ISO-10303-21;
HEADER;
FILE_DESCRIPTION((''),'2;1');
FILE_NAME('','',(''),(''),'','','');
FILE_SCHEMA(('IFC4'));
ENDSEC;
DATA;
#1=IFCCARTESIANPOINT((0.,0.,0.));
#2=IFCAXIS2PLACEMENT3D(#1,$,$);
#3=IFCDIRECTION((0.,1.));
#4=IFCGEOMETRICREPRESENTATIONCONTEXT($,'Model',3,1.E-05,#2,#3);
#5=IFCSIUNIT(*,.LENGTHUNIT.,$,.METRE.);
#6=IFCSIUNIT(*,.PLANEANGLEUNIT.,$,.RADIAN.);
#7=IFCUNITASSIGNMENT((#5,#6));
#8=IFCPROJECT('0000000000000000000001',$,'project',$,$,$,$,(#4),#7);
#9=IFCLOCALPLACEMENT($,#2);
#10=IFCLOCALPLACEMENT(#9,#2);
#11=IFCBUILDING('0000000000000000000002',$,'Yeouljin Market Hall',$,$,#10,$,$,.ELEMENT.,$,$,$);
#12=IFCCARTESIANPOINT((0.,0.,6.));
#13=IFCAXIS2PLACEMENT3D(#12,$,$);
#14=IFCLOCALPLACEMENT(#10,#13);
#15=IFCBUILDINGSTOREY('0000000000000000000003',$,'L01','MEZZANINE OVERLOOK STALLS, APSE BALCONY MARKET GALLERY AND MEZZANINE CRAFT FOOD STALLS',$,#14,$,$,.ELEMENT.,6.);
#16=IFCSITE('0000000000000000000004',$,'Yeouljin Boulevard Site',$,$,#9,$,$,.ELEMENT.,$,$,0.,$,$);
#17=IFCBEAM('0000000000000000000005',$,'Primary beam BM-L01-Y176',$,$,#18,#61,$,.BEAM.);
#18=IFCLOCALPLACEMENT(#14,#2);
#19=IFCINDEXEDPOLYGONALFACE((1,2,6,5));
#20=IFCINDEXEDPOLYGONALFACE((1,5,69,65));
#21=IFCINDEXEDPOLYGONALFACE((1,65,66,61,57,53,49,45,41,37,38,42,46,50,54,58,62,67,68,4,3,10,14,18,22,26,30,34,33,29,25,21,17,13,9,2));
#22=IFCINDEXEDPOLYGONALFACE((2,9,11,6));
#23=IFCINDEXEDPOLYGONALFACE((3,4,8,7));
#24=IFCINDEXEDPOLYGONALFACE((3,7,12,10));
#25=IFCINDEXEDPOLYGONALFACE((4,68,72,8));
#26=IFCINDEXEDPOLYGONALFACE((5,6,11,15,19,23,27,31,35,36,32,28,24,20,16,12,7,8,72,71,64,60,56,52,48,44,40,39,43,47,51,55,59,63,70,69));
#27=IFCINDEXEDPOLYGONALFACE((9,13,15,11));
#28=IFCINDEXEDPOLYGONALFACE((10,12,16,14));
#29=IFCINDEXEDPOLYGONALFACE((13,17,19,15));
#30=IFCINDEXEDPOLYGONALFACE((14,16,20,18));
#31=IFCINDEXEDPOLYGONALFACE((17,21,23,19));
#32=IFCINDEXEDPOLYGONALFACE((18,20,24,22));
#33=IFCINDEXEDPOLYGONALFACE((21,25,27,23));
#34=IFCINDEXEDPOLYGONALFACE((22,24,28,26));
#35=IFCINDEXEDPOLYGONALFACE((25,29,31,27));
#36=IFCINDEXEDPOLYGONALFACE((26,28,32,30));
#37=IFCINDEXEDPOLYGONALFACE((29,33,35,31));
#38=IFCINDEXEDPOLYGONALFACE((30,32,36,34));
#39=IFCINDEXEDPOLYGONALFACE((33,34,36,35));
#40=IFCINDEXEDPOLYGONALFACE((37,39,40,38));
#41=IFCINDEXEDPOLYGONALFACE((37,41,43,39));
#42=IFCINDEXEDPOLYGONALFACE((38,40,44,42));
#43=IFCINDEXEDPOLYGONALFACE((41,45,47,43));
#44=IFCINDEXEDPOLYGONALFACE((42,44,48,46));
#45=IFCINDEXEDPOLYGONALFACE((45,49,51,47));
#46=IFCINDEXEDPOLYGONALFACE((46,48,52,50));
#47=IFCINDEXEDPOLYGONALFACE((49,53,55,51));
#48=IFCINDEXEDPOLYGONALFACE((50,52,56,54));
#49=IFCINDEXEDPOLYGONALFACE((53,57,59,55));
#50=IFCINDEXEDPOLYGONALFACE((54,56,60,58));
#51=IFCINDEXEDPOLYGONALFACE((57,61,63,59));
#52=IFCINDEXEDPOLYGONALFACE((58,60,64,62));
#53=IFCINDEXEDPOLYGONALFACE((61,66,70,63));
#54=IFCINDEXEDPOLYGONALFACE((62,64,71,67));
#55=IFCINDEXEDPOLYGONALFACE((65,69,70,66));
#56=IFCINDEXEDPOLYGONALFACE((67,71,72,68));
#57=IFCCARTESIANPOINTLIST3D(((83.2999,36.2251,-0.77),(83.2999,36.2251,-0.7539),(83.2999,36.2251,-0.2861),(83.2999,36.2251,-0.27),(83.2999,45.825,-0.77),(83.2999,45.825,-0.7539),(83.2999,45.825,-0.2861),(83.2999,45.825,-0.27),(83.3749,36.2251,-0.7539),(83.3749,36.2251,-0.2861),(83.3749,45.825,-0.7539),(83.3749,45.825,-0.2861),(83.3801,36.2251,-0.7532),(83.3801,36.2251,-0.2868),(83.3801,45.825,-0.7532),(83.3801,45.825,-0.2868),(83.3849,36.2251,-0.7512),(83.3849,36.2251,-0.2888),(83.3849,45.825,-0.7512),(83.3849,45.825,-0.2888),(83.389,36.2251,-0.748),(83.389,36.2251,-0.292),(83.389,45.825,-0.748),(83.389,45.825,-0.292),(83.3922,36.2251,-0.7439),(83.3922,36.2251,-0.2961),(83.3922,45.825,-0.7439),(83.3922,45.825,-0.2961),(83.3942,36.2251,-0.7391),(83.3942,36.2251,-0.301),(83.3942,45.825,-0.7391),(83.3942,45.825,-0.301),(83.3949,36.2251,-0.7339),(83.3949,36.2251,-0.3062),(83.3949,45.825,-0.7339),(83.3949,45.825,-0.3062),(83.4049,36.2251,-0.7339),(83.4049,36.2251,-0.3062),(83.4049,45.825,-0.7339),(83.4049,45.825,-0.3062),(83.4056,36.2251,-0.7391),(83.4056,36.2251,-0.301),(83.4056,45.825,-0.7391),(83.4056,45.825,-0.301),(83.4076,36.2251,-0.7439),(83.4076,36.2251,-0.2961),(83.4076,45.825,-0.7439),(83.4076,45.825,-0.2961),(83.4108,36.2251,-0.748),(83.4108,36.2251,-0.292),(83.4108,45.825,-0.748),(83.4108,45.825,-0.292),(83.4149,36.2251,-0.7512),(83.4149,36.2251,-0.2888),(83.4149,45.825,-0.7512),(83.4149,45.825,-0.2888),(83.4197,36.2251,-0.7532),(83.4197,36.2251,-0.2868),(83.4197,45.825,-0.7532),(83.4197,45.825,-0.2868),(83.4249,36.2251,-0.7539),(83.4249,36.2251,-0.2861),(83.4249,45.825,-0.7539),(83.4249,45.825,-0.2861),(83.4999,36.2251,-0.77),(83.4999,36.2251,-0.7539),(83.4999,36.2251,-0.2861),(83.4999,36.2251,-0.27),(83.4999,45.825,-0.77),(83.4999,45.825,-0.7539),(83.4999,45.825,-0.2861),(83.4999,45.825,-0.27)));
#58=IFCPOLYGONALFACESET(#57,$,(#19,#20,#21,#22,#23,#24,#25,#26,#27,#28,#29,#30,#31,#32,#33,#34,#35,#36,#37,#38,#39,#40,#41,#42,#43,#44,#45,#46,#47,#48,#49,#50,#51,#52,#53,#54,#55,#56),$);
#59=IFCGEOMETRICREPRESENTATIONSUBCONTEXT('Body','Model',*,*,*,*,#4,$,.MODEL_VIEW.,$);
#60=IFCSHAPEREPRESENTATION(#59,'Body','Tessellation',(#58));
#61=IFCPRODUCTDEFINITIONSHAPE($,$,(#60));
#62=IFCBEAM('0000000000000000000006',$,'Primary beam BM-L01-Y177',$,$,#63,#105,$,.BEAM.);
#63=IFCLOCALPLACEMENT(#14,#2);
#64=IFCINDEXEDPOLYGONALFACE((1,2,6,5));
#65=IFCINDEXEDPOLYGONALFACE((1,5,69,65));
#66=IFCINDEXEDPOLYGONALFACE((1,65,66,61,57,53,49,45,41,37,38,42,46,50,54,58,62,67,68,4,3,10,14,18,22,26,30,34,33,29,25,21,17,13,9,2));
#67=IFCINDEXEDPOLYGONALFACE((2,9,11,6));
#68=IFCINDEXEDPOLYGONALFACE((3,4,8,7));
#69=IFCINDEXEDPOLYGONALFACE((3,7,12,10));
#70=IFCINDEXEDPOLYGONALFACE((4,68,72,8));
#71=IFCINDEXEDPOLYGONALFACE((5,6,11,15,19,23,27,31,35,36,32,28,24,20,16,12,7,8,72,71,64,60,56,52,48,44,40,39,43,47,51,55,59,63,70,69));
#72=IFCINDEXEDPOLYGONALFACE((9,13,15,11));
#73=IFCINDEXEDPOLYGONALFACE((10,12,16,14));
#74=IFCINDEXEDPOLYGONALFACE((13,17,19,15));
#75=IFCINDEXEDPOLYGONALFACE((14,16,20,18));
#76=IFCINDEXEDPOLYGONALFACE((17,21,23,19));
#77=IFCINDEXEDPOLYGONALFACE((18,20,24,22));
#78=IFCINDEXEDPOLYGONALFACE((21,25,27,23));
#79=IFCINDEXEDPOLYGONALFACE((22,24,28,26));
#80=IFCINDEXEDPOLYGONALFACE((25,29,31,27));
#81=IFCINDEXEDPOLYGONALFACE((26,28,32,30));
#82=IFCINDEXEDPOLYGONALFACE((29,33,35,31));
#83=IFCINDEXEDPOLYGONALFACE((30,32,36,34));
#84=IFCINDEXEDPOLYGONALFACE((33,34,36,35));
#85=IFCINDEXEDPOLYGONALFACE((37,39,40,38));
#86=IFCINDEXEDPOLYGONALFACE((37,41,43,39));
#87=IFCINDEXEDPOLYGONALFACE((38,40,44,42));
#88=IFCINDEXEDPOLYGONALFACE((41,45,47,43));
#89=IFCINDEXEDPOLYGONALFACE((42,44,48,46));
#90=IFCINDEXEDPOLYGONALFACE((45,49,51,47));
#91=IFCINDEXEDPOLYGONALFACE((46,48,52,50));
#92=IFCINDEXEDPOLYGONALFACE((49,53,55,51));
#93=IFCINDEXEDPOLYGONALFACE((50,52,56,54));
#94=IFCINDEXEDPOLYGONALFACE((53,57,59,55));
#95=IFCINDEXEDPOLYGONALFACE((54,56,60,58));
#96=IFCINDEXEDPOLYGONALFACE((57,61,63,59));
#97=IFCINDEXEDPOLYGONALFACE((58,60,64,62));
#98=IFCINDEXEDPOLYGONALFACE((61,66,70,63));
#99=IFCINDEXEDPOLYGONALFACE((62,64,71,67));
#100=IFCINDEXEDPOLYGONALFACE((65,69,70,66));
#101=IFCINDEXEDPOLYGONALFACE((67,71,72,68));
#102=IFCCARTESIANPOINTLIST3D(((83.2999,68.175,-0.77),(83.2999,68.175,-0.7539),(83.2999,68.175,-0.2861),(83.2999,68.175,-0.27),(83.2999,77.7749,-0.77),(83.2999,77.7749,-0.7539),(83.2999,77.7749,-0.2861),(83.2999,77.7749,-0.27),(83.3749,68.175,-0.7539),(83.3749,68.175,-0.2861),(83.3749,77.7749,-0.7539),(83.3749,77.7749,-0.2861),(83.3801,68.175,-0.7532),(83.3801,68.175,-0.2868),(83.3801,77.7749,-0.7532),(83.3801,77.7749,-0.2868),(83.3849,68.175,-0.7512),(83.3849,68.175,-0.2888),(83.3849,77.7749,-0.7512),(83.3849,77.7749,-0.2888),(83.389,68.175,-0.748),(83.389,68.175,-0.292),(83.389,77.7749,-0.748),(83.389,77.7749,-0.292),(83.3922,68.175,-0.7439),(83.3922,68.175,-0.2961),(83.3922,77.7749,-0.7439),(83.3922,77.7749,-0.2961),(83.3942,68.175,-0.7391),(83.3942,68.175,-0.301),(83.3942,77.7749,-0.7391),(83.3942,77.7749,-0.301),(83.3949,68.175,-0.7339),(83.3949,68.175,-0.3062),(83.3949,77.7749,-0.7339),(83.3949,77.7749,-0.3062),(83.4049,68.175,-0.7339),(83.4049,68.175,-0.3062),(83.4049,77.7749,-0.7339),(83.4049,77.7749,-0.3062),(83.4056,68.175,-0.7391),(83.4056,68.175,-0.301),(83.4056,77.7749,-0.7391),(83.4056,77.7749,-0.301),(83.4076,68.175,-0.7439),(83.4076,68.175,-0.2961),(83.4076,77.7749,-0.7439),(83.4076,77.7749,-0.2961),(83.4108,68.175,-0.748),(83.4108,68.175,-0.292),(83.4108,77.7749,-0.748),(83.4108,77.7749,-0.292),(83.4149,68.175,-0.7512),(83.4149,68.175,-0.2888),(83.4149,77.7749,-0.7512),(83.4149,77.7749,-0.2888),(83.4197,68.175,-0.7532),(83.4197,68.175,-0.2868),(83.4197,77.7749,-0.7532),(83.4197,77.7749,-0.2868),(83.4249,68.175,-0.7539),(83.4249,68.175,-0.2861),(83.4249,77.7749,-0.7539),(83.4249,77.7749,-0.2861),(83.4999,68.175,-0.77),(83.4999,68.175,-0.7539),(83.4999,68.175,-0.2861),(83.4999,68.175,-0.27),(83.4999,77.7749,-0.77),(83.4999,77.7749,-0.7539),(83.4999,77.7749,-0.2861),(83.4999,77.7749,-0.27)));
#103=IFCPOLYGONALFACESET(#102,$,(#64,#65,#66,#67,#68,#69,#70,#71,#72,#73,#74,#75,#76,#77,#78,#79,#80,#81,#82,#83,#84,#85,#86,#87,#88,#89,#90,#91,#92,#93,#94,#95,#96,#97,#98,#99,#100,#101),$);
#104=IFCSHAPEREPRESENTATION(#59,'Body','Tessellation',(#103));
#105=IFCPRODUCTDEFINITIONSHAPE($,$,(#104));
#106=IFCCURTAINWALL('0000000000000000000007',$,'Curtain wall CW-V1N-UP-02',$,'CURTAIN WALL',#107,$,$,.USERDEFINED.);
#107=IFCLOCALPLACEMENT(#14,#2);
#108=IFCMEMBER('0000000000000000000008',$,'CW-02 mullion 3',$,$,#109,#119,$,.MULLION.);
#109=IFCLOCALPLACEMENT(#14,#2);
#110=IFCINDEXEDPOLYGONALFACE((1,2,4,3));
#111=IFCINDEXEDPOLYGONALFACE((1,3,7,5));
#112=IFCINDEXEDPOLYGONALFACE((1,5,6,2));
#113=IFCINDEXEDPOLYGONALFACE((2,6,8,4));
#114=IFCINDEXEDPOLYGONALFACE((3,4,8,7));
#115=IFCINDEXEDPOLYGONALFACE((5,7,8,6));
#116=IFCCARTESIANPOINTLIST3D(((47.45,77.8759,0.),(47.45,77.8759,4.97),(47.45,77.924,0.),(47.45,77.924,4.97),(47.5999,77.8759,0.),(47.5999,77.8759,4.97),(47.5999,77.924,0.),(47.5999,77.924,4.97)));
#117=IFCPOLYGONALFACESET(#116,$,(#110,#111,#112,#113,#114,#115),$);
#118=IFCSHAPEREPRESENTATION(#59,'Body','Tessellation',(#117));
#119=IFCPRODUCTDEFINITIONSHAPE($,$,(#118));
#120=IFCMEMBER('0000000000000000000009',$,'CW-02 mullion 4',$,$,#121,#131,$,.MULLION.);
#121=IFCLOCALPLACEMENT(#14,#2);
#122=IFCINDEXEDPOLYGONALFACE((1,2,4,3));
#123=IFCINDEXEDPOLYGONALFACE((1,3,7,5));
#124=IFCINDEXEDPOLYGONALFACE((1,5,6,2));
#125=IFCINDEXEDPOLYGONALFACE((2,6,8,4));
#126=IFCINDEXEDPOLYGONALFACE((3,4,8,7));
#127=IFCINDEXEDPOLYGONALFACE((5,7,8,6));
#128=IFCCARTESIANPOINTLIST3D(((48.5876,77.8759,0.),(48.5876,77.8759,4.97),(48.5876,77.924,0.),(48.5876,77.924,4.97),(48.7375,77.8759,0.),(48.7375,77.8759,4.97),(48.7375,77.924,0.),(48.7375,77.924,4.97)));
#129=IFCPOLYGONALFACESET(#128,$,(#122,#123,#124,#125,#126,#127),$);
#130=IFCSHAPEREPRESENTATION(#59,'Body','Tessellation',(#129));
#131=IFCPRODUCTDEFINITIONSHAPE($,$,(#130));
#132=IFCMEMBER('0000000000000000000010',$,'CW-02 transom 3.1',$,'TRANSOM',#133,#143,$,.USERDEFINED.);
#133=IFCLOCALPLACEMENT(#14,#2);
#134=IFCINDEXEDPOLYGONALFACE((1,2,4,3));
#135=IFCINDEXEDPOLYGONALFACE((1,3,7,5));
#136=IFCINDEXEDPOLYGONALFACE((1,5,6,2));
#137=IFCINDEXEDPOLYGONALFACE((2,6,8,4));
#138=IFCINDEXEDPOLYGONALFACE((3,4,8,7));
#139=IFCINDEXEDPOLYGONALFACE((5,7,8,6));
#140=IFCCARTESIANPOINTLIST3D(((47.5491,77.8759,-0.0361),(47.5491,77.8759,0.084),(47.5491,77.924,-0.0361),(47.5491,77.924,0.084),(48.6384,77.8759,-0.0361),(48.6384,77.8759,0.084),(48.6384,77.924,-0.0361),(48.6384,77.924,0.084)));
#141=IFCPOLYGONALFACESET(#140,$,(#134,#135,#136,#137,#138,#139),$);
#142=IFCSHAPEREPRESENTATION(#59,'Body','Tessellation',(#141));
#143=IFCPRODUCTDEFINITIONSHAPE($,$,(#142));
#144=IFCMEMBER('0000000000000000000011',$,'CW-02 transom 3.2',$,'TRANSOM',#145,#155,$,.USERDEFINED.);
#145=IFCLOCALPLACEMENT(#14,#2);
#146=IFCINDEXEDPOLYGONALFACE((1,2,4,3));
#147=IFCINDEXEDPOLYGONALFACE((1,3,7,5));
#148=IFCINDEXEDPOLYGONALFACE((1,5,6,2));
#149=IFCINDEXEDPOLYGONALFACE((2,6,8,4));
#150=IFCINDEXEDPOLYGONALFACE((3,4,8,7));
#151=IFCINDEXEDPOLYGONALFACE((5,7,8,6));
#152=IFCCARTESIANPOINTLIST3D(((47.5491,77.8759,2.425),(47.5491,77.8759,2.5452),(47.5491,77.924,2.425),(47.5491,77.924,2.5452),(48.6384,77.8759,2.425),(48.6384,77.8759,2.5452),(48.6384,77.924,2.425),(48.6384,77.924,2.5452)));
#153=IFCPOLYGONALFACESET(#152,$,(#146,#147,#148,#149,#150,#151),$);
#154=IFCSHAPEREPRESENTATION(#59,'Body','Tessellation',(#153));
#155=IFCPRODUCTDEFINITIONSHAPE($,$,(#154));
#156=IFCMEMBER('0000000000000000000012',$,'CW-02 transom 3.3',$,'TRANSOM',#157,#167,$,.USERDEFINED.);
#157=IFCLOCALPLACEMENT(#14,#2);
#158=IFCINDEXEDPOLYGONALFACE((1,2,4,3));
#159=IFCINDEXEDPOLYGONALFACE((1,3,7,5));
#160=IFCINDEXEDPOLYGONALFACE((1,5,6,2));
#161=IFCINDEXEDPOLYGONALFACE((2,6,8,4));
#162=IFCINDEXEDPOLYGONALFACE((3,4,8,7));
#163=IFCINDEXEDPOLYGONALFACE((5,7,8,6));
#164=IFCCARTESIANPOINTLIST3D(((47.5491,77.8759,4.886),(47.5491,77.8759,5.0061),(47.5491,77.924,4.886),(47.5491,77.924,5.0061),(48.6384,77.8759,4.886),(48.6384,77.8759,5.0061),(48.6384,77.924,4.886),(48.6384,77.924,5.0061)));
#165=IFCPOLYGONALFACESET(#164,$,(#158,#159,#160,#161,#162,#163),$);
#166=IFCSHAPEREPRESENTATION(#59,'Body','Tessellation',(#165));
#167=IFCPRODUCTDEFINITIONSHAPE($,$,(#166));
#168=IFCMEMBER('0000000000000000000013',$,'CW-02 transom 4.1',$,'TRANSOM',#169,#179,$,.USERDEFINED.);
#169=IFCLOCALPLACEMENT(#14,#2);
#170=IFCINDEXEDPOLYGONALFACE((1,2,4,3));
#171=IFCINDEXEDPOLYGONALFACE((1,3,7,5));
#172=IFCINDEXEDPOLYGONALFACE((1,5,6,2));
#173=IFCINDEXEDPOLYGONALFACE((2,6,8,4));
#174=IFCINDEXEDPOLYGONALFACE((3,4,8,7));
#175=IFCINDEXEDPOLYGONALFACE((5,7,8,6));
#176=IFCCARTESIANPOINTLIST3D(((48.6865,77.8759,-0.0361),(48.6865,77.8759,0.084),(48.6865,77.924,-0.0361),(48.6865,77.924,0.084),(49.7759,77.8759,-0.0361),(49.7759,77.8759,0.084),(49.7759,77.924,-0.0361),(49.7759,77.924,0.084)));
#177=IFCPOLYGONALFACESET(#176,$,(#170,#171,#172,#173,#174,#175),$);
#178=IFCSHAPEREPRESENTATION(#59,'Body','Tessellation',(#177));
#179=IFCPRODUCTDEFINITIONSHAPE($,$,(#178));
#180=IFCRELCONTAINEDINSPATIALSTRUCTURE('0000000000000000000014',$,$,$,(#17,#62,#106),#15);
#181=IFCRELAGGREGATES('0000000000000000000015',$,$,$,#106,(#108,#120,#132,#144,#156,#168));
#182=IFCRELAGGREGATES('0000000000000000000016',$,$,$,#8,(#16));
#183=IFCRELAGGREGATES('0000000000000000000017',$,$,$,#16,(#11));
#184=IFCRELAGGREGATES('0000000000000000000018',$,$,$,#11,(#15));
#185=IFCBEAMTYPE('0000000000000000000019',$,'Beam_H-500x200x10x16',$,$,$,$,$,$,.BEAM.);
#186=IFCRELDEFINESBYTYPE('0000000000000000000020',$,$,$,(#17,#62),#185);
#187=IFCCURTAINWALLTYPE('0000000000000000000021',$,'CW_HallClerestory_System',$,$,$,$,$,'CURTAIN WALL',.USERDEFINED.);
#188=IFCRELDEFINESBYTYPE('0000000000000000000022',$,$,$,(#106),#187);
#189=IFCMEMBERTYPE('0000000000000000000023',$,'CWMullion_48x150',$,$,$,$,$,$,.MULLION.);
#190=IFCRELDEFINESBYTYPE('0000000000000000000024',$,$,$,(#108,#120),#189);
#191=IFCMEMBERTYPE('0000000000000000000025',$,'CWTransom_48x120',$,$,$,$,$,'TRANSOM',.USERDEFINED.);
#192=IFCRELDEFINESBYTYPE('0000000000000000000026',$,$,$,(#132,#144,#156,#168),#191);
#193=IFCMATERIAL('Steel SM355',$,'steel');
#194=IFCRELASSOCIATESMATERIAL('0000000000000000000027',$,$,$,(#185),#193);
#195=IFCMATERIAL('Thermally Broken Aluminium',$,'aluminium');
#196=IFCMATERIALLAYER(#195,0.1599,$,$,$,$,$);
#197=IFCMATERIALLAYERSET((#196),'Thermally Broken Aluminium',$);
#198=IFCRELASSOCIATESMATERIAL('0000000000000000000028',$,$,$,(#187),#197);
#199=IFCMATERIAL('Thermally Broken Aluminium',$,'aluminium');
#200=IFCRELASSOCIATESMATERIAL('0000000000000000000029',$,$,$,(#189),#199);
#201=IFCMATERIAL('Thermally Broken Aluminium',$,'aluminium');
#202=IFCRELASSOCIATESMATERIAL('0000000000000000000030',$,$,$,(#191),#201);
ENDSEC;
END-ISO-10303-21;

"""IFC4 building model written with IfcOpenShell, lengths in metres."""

from ifc_helpers import new_model, si_unit, direction, frame, origin, origin_2d, place, context, subcontext, project, spatial, rectangle, i_section, extrude, material, layer, layer_set, material_profile, profile_set, type_object, element, aggregate, save


model = new_model("IFC4")

# Units and contexts
model_context = context("Model", 3, precision=1e-05, world=origin(), true_north=direction((0.0, 1.0)))
body_context = subcontext(model_context, "Body", "Model", "MODEL_VIEW")
ifc_project = project(units=[si_unit("LENGTHUNIT", "METRE"), si_unit("PLANEANGLEUNIT", "RADIAN")], contexts=[model_context])

# Site, building, storey
site_placement = place(None, origin())
site = spatial("IfcSite", under=ifc_project, at=site_placement, Name="Yeouljin Boulevard Site", CompositionType="ELEMENT", RefElevation=0.0)
building_placement = place(site_placement, origin())
building = spatial("IfcBuilding", under=site, at=building_placement, Name="Yeouljin Market Hall", CompositionType="ELEMENT")
storey_placement = place(building_placement, frame((0.0, 0.0, 6.0)))
storey = spatial("IfcBuildingStorey", under=building, at=storey_placement, Name="L01", Description="MEZZANINE OVERLOOK STALLS, APSE BALCONY MARKET GALLERY AND MEZZANINE CRAFT FOOD STALLS", CompositionType="ELEMENT", Elevation=6.0)

# Beams
ifc_material_1 = material(Name="Steel SM355", Category="steel")
ifc_material_profile_1 = material_profile(ifc_material_1, i_section(OverallWidth=0.2, OverallDepth=0.5, WebThickness=0.01, FlangeThickness=0.0161, FilletRadius=0.02, at=origin_2d()), Name="H-500x200x10x16")
ifc_profile_set_1 = profile_set([ifc_material_profile_1], Name="Steel SM355")
beam_type_1 = type_object("IfcBeamType", Name="Beam_H-500x200x10x16", PredefinedType="BEAM", material=ifc_profile_set_1)
for number, where, z_axis, x_axis, name in (
    (1, (83.3999, 36.2251, -0.52), (0.0, 1.0, 0.0), (-1.0, 0.0, 0.0), "Primary beam BM-L01-Y176"),
    (2, (83.3999, 68.175, -0.52), (0.0, 1.0, 0.0), (-1.0, 0.0, 0.0), "Primary beam BM-L01-Y177"),
):
    element("IfcBeam", number, at=place(storey_placement, frame(where, z_axis=z_axis, x_axis=x_axis)), inside=storey, type_object=beam_type_1, Name=name, PredefinedType="BEAM", context=body_context, shape_type="SweptSolid", body=[
        extrude(i_section(OverallWidth=0.2, OverallDepth=0.5, WebThickness=0.01, FlangeThickness=0.0161, FilletRadius=0.02, at=origin_2d()), origin(), (0.0, 0.0, 1.0), 9.5999),
    ])

# Curtain wall, members
ifc_material_2 = material(Name="Thermally Broken Aluminium", Category="aluminium")
ifc_layer_1 = layer(ifc_material_2, 0.1599)
ifc_layer_set_1 = layer_set([ifc_layer_1], Name="Thermally Broken Aluminium")
curtain_wall_type = type_object("IfcCurtainWallType", Name="CW_HallClerestory_System", ElementType="CURTAIN WALL", PredefinedType="USERDEFINED", material=ifc_layer_set_1)
curtain_wall_placement = place(storey_placement, origin())
curtain_wall = element("IfcCurtainWall", 3, at=curtain_wall_placement, inside=storey, type_object=curtain_wall_type, Name="Curtain wall CW-V1N-UP-02", ObjectType="CURTAIN WALL", PredefinedType="USERDEFINED")
ifc_material_3 = material(Name="Thermally Broken Aluminium", Category="aluminium")
ifc_material_profile_2 = material_profile(ifc_material_3, rectangle(XDim=0.0481, YDim=0.1499, at=origin_2d()), Name="CW-MULL-48x150")
ifc_profile_set_2 = profile_set([ifc_material_profile_2], Name="Thermally Broken Aluminium")
member_type_1 = type_object("IfcMemberType", Name="CWMullion_48x150", PredefinedType="MULLION", material=ifc_profile_set_2)
member_1_placement = place(storey_placement, frame((47.5249, 77.8999, 0.0), z_axis=(0.0, 0.0, 1.0), x_axis=(0.0, 1.0, 0.0)))
member_1 = element("IfcMember", 4, at=member_1_placement, type_object=member_type_1, Name="CW-02 mullion 3", PredefinedType="MULLION", context=body_context, shape_type="SweptSolid", body=[
    extrude(rectangle(XDim=0.0481, YDim=0.1499, at=origin_2d()), origin(), (0.0, 0.0, 1.0), 4.97),
])
member_2_placement = place(storey_placement, frame((48.6626, 77.8999, 0.0), z_axis=(0.0, 0.0, 1.0), x_axis=(0.0, 1.0, 0.0)))
member_2 = element("IfcMember", 5, at=member_2_placement, type_object=member_type_1, Name="CW-02 mullion 4", PredefinedType="MULLION", context=body_context, shape_type="SweptSolid", body=[
    extrude(rectangle(XDim=0.0481, YDim=0.1499, at=origin_2d()), origin(), (0.0, 0.0, 1.0), 4.97),
])
ifc_material_4 = material(Name="Thermally Broken Aluminium", Category="aluminium")
ifc_material_profile_3 = material_profile(ifc_material_4, rectangle(XDim=0.0481, YDim=0.1201, at=origin_2d()), Name="CW-TRAN-48x120")
ifc_profile_set_3 = profile_set([ifc_material_profile_3], Name="Thermally Broken Aluminium")
member_type_2 = type_object("IfcMemberType", Name="CWTransom_48x120", ElementType="TRANSOM", PredefinedType="USERDEFINED", material=ifc_profile_set_3)
member_3_placement = place(storey_placement, frame((47.5491, 77.8999, 0.0239), z_axis=(1.0, 0.0, 0.0), x_axis=(0.0, 1.0, 0.0)))
member_3 = element("IfcMember", 6, at=member_3_placement, type_object=member_type_2, Name="CW-02 transom 3.1", ObjectType="TRANSOM", PredefinedType="USERDEFINED", context=body_context, shape_type="SweptSolid", body=[
    extrude(rectangle(XDim=0.0481, YDim=0.1201, at=origin_2d()), origin(), (0.0, 0.0, 1.0), 1.0894),
])
member_4_placement = place(storey_placement, frame((47.5491, 77.8999, 2.4851), z_axis=(1.0, 0.0, 0.0), x_axis=(0.0, 1.0, 0.0)))
member_4 = element("IfcMember", 7, at=member_4_placement, type_object=member_type_2, Name="CW-02 transom 3.2", ObjectType="TRANSOM", PredefinedType="USERDEFINED", context=body_context, shape_type="SweptSolid", body=[
    extrude(rectangle(XDim=0.0481, YDim=0.1201, at=origin_2d()), origin(), (0.0, 0.0, 1.0), 1.0894),
])
member_5_placement = place(storey_placement, frame((47.5491, 77.8999, 4.946), z_axis=(1.0, 0.0, 0.0), x_axis=(0.0, 1.0, 0.0)))
member_5 = element("IfcMember", 8, at=member_5_placement, type_object=member_type_2, Name="CW-02 transom 3.3", ObjectType="TRANSOM", PredefinedType="USERDEFINED", context=body_context, shape_type="SweptSolid", body=[
    extrude(rectangle(XDim=0.0481, YDim=0.1201, at=origin_2d()), origin(), (0.0, 0.0, 1.0), 1.0894),
])
member_6_placement = place(storey_placement, frame((48.6865, 77.8999, 0.0239), z_axis=(1.0, 0.0, 0.0), x_axis=(0.0, 1.0, 0.0)))
member_6 = element("IfcMember", 9, at=member_6_placement, type_object=member_type_2, Name="CW-02 transom 4.1", ObjectType="TRANSOM", PredefinedType="USERDEFINED", context=body_context, shape_type="SweptSolid", body=[
    extrude(rectangle(XDim=0.0481, YDim=0.1201, at=origin_2d()), origin(), (0.0, 0.0, 1.0), 1.0894),
])

aggregate(curtain_wall, [member_1, member_2, member_3, member_4, member_5, member_6])

save(model, "model.ifc")
